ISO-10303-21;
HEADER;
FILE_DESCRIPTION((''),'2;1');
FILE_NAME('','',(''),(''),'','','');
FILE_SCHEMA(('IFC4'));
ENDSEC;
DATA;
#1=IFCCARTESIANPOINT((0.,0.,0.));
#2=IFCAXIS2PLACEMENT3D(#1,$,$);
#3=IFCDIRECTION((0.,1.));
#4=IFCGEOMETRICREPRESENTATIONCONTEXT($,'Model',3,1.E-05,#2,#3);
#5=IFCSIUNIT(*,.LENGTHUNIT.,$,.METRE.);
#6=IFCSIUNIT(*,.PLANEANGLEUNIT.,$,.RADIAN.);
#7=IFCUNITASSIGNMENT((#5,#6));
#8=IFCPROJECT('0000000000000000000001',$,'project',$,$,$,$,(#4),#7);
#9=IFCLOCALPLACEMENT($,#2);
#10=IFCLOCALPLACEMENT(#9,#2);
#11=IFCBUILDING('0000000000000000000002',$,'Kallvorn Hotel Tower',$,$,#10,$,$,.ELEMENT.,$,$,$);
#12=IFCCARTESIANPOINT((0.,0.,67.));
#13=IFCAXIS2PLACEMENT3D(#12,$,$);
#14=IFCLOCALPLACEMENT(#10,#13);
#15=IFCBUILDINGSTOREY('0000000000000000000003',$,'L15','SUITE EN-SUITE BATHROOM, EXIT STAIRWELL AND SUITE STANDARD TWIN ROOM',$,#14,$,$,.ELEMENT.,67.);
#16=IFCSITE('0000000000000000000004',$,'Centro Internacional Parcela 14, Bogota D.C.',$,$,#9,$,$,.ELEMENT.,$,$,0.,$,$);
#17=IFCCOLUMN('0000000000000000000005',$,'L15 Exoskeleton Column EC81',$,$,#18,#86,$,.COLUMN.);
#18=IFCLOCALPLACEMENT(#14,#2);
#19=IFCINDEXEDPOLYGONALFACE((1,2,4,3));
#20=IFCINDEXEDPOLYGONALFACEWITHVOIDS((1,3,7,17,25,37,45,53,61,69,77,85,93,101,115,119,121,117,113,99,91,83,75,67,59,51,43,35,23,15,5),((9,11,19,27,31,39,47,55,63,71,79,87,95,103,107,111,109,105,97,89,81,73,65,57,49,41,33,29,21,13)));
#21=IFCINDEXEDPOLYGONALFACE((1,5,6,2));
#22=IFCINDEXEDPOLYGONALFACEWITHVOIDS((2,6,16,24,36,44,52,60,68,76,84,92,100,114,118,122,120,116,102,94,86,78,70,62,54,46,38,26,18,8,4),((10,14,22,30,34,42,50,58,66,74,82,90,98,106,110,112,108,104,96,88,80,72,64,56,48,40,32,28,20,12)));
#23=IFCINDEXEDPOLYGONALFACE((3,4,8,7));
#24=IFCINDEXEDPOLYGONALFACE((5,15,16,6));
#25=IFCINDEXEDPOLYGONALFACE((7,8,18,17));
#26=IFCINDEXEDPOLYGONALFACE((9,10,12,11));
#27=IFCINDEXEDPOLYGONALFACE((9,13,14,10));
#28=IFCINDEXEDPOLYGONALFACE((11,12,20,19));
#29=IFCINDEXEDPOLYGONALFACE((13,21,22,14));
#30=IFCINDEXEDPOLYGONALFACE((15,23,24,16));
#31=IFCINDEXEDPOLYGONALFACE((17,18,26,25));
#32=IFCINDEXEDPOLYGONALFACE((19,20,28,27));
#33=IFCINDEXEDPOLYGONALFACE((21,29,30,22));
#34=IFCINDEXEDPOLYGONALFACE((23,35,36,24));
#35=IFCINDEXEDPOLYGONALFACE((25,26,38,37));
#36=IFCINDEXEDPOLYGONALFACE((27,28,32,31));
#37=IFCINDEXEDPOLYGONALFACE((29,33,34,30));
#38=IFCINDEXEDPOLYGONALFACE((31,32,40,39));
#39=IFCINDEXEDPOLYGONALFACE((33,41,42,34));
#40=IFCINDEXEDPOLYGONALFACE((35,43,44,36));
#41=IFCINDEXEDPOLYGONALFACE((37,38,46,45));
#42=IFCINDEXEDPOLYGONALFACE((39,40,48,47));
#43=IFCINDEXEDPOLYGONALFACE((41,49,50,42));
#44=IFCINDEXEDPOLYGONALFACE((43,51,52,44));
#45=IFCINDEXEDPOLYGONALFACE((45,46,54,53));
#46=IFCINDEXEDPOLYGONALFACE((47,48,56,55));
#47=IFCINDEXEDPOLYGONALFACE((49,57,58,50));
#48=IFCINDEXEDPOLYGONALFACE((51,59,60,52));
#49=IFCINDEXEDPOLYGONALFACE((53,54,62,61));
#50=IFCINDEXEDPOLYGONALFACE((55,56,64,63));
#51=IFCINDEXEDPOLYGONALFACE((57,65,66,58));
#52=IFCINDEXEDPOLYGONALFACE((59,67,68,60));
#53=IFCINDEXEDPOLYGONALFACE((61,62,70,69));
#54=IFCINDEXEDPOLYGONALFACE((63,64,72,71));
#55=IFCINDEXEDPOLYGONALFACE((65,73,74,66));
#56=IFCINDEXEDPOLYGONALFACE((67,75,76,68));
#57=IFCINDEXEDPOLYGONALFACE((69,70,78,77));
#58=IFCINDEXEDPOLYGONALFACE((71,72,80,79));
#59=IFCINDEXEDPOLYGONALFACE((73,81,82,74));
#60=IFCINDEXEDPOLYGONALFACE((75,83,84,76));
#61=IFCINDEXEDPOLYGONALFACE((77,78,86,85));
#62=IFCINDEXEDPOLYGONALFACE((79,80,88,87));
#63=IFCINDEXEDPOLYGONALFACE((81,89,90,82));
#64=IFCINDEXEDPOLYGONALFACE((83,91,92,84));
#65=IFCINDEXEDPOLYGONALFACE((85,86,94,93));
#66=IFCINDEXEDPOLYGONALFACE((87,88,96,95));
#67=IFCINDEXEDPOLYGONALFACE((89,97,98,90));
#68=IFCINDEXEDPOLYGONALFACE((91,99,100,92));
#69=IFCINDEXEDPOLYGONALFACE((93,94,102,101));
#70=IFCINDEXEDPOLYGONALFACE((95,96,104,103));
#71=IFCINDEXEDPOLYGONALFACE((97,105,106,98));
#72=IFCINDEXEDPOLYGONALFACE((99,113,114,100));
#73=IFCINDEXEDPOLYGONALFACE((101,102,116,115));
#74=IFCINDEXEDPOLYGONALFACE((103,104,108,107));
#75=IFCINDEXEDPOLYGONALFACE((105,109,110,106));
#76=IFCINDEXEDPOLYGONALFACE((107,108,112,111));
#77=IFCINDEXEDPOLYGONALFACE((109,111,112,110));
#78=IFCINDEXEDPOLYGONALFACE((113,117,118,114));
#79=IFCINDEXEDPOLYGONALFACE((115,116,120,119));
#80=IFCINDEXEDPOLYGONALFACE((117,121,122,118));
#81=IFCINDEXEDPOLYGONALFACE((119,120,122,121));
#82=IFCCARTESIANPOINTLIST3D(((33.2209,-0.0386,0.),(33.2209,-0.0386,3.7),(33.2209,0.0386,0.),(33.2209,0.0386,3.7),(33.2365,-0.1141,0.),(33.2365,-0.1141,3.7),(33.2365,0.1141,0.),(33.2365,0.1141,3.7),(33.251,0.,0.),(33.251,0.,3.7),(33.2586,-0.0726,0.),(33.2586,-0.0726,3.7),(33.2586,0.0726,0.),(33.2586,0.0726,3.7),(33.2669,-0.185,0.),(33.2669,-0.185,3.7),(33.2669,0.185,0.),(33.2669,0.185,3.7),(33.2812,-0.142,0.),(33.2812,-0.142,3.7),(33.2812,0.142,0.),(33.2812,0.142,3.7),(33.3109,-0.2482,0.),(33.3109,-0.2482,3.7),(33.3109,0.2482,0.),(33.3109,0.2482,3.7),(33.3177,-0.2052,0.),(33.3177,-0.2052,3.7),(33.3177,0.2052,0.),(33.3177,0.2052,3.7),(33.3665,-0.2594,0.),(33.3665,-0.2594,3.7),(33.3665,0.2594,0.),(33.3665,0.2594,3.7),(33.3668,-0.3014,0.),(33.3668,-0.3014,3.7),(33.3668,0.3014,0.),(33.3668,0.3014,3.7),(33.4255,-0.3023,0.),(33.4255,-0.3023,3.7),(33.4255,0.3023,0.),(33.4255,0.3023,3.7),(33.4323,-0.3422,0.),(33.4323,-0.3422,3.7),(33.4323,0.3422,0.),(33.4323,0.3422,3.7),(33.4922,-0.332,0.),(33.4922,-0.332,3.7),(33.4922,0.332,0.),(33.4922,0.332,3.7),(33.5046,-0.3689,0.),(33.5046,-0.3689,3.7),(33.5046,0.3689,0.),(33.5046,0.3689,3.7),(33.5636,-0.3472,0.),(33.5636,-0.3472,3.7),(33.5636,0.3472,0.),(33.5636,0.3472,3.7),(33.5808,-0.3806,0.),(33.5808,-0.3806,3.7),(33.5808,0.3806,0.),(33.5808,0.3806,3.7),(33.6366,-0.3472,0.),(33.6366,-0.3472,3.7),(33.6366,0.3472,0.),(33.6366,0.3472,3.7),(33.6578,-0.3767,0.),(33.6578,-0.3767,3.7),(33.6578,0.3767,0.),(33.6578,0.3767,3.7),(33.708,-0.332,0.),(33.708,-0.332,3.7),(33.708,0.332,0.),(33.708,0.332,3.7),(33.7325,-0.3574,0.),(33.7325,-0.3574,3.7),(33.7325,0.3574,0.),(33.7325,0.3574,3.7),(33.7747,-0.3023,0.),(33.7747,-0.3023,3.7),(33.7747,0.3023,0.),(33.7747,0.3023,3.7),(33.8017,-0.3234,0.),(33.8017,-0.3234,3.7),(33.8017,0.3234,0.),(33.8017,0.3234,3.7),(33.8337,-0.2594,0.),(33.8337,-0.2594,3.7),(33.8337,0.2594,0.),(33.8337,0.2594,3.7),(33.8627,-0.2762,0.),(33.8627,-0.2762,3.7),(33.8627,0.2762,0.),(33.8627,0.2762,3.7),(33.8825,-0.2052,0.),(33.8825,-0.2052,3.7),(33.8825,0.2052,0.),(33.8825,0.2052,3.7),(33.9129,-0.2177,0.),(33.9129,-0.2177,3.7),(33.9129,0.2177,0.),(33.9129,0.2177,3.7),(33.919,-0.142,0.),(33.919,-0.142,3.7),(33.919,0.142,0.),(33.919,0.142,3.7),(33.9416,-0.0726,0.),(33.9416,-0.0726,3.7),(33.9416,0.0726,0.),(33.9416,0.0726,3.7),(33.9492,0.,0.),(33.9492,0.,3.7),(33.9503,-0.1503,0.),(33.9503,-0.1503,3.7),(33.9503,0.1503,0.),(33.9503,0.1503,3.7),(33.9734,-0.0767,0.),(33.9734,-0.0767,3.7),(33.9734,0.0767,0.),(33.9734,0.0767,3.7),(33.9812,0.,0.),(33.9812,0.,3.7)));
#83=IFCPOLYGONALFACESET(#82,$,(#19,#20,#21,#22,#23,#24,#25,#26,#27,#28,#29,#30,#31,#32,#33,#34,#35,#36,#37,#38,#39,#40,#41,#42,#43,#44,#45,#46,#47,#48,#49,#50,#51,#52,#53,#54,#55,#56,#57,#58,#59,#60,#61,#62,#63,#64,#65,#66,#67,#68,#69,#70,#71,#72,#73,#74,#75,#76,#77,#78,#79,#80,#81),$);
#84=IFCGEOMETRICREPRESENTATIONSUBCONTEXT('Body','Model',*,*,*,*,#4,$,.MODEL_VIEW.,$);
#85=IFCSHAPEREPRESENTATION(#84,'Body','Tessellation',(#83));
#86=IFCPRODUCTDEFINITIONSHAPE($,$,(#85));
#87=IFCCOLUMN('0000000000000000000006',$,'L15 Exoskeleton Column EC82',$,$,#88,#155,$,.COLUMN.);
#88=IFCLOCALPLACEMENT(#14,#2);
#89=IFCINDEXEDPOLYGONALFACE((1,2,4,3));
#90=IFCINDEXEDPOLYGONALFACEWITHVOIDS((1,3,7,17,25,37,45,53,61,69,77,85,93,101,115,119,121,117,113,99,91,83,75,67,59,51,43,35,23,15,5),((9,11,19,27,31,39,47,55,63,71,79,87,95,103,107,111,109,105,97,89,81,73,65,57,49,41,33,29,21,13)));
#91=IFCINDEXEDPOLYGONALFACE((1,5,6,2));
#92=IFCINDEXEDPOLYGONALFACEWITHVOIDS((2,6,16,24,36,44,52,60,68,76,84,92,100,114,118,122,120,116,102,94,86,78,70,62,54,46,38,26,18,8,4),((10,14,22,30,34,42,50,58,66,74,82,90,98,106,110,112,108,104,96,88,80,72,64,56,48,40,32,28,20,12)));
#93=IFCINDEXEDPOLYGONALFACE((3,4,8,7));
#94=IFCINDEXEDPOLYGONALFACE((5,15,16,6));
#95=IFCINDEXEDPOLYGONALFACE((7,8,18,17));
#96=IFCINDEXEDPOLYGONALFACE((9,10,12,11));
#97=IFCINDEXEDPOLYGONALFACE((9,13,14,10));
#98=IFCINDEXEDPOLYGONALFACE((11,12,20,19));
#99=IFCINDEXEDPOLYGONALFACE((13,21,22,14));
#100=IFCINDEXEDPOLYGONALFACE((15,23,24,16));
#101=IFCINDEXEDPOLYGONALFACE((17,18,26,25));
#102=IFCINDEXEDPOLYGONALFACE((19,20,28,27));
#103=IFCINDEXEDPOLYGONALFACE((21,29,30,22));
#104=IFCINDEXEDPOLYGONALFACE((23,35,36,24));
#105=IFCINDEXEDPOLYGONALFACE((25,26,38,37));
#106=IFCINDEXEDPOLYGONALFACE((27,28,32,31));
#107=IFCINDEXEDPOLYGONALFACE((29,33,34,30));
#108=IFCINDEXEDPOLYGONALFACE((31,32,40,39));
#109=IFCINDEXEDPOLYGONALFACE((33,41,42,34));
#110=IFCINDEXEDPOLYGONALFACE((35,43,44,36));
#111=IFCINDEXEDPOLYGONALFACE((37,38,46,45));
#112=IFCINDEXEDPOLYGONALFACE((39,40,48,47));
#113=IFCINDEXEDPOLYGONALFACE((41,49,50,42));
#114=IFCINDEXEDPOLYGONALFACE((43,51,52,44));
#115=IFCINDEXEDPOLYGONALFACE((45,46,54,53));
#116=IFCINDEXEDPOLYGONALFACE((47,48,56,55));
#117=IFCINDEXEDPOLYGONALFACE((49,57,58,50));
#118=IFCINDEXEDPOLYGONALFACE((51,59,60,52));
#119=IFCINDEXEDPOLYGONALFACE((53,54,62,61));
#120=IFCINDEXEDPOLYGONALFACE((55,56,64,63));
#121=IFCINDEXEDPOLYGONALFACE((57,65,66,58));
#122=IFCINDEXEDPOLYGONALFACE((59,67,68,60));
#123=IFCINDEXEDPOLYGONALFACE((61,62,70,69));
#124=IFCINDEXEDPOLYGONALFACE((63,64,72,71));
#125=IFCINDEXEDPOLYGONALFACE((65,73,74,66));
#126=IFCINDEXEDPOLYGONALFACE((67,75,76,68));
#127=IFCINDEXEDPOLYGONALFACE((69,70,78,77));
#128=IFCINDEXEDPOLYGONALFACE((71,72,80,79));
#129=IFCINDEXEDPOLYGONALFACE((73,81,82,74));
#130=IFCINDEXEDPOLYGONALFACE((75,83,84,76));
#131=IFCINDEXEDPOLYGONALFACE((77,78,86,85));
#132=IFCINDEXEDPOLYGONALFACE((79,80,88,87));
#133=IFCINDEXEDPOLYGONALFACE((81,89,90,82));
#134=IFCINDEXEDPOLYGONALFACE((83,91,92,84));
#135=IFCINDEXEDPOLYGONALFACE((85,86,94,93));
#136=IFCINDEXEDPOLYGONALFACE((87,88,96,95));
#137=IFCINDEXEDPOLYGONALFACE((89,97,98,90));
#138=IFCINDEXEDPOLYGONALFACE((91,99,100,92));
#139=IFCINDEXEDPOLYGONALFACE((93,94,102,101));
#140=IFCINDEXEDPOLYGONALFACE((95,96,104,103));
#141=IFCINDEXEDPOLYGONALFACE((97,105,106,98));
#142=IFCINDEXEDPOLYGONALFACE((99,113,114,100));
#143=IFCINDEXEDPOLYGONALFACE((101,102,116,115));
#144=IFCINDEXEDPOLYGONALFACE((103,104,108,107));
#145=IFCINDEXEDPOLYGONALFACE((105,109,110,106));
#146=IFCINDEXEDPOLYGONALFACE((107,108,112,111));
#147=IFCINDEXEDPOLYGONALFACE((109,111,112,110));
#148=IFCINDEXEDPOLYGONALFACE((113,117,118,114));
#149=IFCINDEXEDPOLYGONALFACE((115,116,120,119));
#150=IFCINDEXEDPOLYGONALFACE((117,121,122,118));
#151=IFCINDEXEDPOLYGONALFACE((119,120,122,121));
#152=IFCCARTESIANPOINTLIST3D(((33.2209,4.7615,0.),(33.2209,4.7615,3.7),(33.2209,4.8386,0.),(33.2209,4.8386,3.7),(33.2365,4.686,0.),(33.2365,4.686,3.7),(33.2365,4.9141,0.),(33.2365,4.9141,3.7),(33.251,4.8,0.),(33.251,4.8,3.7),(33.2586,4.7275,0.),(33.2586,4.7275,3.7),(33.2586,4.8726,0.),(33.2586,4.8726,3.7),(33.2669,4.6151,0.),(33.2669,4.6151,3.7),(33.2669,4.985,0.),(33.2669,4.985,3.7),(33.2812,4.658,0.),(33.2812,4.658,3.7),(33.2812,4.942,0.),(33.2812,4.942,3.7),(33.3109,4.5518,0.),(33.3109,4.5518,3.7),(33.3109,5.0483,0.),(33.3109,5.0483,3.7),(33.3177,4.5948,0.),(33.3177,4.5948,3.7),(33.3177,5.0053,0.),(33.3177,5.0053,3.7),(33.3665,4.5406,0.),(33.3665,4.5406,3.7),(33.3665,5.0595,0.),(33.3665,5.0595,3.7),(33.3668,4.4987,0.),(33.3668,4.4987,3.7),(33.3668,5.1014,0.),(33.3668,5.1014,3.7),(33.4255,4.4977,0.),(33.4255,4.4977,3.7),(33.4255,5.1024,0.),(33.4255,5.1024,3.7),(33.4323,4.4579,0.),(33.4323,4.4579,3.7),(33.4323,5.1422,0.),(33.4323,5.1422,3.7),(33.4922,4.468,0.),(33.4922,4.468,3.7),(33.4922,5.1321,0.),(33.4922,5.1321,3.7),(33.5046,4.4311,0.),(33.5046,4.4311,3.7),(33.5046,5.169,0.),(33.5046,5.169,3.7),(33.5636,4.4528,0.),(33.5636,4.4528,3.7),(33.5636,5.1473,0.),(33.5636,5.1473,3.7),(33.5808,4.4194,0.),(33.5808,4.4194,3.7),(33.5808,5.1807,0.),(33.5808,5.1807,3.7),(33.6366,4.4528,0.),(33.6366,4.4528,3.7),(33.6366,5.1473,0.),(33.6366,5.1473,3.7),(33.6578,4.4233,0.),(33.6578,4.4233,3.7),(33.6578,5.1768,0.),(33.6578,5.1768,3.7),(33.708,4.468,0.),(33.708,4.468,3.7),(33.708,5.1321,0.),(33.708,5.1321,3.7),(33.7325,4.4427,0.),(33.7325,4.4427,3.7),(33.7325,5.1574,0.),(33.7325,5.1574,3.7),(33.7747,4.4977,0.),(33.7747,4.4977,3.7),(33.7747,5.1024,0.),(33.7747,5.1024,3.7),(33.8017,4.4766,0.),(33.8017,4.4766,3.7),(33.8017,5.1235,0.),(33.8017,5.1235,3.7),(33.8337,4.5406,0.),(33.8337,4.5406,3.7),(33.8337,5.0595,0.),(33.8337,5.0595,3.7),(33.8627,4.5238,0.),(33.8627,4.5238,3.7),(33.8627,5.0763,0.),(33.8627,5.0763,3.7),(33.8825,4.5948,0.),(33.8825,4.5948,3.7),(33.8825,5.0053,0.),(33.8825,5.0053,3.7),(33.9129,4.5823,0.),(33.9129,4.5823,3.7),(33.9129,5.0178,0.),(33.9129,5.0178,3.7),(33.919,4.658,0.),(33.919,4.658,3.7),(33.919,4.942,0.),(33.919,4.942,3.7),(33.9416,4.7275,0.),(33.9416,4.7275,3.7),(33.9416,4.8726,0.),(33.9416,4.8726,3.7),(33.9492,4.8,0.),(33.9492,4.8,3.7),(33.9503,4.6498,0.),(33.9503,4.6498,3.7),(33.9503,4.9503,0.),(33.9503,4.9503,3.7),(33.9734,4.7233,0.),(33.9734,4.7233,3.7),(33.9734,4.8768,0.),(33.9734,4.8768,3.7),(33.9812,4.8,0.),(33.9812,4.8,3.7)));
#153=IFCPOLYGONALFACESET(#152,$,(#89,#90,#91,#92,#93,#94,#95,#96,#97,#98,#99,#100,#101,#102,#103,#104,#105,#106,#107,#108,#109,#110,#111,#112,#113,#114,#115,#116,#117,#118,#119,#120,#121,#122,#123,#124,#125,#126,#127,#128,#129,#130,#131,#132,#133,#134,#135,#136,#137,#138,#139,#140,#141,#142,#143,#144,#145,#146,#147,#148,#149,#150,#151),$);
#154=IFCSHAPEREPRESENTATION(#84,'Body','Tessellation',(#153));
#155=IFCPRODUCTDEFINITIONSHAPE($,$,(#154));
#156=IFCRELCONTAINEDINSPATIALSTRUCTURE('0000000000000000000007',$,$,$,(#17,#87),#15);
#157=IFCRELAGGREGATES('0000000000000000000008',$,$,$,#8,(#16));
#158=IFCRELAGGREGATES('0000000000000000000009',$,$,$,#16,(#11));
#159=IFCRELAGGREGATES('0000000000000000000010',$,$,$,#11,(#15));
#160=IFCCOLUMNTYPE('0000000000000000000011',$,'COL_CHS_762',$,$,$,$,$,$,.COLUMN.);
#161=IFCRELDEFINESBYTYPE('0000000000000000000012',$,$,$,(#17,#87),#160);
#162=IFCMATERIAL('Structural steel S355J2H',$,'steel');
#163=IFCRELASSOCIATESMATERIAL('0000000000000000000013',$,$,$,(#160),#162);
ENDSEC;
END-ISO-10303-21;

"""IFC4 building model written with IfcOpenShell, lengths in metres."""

from ifc_helpers import new_model, si_unit, direction, frame, origin, origin_2d, place, context, subcontext, project, spatial, hollow_circle, extrude, material, material_profile, profile_set, type_object, element, save


model = new_model("IFC4")

# Units and contexts
model_context = context("Model", 3, precision=1e-05, world=origin(), true_north=direction((0.0, 1.0)))
body_context = subcontext(model_context, "Body", "Model", "MODEL_VIEW")
ifc_project = project(units=[si_unit("LENGTHUNIT", "METRE"), si_unit("PLANEANGLEUNIT", "RADIAN")], contexts=[model_context])

# Site, building, storey
site_placement = place(None, origin())
site = spatial("IfcSite", under=ifc_project, at=site_placement, Name="Centro Internacional Parcela 14, Bogota D.C.", CompositionType="ELEMENT", RefElevation=0.0)
building_placement = place(site_placement, origin())
building = spatial("IfcBuilding", under=site, at=building_placement, Name="Kallvorn Hotel Tower", CompositionType="ELEMENT")
storey_placement = place(building_placement, frame((0.0, 0.0, 67.0)))
storey = spatial("IfcBuildingStorey", under=building, at=storey_placement, Name="L15", Description="SUITE EN-SUITE BATHROOM, EXIT STAIRWELL AND SUITE STANDARD TWIN ROOM", CompositionType="ELEMENT", Elevation=67.0)

# Columns
ifc_material_1 = material(Name="Structural steel S355J2H", Category="steel")
ifc_material_profile_1 = material_profile(ifc_material_1, hollow_circle(Radius=0.3811, WallThickness=0.032, at=origin_2d()), Name="CHS 762x32")
ifc_profile_set_1 = profile_set([ifc_material_profile_1], Name="Structural steel S355J2H")
column_type_1 = type_object("IfcColumnType", Name="COL_CHS_762", PredefinedType="COLUMN", material=ifc_profile_set_1)
for number, where, z_axis, x_axis, name in (
    (1, (33.6001, 0.0, 0.0), (0.0, 0.0, 1.0), (1.0, 0.0, 0.0), "L15 Exoskeleton Column EC81"),
    (2, (33.6001, 4.8, 0.0), (0.0, 0.0, 1.0), (1.0, 0.0, 0.0), "L15 Exoskeleton Column EC82"),
):
    element("IfcColumn", number, at=place(storey_placement, frame(where, z_axis=z_axis, x_axis=x_axis)), inside=storey, type_object=column_type_1, Name=name, PredefinedType="COLUMN", context=body_context, shape_type="SweptSolid", body=[
        extrude(hollow_circle(Radius=0.3811, WallThickness=0.032, at=origin_2d()), origin(), (0.0, 0.0, 1.0), 3.7),
    ])

save(model, "model.ifc")
